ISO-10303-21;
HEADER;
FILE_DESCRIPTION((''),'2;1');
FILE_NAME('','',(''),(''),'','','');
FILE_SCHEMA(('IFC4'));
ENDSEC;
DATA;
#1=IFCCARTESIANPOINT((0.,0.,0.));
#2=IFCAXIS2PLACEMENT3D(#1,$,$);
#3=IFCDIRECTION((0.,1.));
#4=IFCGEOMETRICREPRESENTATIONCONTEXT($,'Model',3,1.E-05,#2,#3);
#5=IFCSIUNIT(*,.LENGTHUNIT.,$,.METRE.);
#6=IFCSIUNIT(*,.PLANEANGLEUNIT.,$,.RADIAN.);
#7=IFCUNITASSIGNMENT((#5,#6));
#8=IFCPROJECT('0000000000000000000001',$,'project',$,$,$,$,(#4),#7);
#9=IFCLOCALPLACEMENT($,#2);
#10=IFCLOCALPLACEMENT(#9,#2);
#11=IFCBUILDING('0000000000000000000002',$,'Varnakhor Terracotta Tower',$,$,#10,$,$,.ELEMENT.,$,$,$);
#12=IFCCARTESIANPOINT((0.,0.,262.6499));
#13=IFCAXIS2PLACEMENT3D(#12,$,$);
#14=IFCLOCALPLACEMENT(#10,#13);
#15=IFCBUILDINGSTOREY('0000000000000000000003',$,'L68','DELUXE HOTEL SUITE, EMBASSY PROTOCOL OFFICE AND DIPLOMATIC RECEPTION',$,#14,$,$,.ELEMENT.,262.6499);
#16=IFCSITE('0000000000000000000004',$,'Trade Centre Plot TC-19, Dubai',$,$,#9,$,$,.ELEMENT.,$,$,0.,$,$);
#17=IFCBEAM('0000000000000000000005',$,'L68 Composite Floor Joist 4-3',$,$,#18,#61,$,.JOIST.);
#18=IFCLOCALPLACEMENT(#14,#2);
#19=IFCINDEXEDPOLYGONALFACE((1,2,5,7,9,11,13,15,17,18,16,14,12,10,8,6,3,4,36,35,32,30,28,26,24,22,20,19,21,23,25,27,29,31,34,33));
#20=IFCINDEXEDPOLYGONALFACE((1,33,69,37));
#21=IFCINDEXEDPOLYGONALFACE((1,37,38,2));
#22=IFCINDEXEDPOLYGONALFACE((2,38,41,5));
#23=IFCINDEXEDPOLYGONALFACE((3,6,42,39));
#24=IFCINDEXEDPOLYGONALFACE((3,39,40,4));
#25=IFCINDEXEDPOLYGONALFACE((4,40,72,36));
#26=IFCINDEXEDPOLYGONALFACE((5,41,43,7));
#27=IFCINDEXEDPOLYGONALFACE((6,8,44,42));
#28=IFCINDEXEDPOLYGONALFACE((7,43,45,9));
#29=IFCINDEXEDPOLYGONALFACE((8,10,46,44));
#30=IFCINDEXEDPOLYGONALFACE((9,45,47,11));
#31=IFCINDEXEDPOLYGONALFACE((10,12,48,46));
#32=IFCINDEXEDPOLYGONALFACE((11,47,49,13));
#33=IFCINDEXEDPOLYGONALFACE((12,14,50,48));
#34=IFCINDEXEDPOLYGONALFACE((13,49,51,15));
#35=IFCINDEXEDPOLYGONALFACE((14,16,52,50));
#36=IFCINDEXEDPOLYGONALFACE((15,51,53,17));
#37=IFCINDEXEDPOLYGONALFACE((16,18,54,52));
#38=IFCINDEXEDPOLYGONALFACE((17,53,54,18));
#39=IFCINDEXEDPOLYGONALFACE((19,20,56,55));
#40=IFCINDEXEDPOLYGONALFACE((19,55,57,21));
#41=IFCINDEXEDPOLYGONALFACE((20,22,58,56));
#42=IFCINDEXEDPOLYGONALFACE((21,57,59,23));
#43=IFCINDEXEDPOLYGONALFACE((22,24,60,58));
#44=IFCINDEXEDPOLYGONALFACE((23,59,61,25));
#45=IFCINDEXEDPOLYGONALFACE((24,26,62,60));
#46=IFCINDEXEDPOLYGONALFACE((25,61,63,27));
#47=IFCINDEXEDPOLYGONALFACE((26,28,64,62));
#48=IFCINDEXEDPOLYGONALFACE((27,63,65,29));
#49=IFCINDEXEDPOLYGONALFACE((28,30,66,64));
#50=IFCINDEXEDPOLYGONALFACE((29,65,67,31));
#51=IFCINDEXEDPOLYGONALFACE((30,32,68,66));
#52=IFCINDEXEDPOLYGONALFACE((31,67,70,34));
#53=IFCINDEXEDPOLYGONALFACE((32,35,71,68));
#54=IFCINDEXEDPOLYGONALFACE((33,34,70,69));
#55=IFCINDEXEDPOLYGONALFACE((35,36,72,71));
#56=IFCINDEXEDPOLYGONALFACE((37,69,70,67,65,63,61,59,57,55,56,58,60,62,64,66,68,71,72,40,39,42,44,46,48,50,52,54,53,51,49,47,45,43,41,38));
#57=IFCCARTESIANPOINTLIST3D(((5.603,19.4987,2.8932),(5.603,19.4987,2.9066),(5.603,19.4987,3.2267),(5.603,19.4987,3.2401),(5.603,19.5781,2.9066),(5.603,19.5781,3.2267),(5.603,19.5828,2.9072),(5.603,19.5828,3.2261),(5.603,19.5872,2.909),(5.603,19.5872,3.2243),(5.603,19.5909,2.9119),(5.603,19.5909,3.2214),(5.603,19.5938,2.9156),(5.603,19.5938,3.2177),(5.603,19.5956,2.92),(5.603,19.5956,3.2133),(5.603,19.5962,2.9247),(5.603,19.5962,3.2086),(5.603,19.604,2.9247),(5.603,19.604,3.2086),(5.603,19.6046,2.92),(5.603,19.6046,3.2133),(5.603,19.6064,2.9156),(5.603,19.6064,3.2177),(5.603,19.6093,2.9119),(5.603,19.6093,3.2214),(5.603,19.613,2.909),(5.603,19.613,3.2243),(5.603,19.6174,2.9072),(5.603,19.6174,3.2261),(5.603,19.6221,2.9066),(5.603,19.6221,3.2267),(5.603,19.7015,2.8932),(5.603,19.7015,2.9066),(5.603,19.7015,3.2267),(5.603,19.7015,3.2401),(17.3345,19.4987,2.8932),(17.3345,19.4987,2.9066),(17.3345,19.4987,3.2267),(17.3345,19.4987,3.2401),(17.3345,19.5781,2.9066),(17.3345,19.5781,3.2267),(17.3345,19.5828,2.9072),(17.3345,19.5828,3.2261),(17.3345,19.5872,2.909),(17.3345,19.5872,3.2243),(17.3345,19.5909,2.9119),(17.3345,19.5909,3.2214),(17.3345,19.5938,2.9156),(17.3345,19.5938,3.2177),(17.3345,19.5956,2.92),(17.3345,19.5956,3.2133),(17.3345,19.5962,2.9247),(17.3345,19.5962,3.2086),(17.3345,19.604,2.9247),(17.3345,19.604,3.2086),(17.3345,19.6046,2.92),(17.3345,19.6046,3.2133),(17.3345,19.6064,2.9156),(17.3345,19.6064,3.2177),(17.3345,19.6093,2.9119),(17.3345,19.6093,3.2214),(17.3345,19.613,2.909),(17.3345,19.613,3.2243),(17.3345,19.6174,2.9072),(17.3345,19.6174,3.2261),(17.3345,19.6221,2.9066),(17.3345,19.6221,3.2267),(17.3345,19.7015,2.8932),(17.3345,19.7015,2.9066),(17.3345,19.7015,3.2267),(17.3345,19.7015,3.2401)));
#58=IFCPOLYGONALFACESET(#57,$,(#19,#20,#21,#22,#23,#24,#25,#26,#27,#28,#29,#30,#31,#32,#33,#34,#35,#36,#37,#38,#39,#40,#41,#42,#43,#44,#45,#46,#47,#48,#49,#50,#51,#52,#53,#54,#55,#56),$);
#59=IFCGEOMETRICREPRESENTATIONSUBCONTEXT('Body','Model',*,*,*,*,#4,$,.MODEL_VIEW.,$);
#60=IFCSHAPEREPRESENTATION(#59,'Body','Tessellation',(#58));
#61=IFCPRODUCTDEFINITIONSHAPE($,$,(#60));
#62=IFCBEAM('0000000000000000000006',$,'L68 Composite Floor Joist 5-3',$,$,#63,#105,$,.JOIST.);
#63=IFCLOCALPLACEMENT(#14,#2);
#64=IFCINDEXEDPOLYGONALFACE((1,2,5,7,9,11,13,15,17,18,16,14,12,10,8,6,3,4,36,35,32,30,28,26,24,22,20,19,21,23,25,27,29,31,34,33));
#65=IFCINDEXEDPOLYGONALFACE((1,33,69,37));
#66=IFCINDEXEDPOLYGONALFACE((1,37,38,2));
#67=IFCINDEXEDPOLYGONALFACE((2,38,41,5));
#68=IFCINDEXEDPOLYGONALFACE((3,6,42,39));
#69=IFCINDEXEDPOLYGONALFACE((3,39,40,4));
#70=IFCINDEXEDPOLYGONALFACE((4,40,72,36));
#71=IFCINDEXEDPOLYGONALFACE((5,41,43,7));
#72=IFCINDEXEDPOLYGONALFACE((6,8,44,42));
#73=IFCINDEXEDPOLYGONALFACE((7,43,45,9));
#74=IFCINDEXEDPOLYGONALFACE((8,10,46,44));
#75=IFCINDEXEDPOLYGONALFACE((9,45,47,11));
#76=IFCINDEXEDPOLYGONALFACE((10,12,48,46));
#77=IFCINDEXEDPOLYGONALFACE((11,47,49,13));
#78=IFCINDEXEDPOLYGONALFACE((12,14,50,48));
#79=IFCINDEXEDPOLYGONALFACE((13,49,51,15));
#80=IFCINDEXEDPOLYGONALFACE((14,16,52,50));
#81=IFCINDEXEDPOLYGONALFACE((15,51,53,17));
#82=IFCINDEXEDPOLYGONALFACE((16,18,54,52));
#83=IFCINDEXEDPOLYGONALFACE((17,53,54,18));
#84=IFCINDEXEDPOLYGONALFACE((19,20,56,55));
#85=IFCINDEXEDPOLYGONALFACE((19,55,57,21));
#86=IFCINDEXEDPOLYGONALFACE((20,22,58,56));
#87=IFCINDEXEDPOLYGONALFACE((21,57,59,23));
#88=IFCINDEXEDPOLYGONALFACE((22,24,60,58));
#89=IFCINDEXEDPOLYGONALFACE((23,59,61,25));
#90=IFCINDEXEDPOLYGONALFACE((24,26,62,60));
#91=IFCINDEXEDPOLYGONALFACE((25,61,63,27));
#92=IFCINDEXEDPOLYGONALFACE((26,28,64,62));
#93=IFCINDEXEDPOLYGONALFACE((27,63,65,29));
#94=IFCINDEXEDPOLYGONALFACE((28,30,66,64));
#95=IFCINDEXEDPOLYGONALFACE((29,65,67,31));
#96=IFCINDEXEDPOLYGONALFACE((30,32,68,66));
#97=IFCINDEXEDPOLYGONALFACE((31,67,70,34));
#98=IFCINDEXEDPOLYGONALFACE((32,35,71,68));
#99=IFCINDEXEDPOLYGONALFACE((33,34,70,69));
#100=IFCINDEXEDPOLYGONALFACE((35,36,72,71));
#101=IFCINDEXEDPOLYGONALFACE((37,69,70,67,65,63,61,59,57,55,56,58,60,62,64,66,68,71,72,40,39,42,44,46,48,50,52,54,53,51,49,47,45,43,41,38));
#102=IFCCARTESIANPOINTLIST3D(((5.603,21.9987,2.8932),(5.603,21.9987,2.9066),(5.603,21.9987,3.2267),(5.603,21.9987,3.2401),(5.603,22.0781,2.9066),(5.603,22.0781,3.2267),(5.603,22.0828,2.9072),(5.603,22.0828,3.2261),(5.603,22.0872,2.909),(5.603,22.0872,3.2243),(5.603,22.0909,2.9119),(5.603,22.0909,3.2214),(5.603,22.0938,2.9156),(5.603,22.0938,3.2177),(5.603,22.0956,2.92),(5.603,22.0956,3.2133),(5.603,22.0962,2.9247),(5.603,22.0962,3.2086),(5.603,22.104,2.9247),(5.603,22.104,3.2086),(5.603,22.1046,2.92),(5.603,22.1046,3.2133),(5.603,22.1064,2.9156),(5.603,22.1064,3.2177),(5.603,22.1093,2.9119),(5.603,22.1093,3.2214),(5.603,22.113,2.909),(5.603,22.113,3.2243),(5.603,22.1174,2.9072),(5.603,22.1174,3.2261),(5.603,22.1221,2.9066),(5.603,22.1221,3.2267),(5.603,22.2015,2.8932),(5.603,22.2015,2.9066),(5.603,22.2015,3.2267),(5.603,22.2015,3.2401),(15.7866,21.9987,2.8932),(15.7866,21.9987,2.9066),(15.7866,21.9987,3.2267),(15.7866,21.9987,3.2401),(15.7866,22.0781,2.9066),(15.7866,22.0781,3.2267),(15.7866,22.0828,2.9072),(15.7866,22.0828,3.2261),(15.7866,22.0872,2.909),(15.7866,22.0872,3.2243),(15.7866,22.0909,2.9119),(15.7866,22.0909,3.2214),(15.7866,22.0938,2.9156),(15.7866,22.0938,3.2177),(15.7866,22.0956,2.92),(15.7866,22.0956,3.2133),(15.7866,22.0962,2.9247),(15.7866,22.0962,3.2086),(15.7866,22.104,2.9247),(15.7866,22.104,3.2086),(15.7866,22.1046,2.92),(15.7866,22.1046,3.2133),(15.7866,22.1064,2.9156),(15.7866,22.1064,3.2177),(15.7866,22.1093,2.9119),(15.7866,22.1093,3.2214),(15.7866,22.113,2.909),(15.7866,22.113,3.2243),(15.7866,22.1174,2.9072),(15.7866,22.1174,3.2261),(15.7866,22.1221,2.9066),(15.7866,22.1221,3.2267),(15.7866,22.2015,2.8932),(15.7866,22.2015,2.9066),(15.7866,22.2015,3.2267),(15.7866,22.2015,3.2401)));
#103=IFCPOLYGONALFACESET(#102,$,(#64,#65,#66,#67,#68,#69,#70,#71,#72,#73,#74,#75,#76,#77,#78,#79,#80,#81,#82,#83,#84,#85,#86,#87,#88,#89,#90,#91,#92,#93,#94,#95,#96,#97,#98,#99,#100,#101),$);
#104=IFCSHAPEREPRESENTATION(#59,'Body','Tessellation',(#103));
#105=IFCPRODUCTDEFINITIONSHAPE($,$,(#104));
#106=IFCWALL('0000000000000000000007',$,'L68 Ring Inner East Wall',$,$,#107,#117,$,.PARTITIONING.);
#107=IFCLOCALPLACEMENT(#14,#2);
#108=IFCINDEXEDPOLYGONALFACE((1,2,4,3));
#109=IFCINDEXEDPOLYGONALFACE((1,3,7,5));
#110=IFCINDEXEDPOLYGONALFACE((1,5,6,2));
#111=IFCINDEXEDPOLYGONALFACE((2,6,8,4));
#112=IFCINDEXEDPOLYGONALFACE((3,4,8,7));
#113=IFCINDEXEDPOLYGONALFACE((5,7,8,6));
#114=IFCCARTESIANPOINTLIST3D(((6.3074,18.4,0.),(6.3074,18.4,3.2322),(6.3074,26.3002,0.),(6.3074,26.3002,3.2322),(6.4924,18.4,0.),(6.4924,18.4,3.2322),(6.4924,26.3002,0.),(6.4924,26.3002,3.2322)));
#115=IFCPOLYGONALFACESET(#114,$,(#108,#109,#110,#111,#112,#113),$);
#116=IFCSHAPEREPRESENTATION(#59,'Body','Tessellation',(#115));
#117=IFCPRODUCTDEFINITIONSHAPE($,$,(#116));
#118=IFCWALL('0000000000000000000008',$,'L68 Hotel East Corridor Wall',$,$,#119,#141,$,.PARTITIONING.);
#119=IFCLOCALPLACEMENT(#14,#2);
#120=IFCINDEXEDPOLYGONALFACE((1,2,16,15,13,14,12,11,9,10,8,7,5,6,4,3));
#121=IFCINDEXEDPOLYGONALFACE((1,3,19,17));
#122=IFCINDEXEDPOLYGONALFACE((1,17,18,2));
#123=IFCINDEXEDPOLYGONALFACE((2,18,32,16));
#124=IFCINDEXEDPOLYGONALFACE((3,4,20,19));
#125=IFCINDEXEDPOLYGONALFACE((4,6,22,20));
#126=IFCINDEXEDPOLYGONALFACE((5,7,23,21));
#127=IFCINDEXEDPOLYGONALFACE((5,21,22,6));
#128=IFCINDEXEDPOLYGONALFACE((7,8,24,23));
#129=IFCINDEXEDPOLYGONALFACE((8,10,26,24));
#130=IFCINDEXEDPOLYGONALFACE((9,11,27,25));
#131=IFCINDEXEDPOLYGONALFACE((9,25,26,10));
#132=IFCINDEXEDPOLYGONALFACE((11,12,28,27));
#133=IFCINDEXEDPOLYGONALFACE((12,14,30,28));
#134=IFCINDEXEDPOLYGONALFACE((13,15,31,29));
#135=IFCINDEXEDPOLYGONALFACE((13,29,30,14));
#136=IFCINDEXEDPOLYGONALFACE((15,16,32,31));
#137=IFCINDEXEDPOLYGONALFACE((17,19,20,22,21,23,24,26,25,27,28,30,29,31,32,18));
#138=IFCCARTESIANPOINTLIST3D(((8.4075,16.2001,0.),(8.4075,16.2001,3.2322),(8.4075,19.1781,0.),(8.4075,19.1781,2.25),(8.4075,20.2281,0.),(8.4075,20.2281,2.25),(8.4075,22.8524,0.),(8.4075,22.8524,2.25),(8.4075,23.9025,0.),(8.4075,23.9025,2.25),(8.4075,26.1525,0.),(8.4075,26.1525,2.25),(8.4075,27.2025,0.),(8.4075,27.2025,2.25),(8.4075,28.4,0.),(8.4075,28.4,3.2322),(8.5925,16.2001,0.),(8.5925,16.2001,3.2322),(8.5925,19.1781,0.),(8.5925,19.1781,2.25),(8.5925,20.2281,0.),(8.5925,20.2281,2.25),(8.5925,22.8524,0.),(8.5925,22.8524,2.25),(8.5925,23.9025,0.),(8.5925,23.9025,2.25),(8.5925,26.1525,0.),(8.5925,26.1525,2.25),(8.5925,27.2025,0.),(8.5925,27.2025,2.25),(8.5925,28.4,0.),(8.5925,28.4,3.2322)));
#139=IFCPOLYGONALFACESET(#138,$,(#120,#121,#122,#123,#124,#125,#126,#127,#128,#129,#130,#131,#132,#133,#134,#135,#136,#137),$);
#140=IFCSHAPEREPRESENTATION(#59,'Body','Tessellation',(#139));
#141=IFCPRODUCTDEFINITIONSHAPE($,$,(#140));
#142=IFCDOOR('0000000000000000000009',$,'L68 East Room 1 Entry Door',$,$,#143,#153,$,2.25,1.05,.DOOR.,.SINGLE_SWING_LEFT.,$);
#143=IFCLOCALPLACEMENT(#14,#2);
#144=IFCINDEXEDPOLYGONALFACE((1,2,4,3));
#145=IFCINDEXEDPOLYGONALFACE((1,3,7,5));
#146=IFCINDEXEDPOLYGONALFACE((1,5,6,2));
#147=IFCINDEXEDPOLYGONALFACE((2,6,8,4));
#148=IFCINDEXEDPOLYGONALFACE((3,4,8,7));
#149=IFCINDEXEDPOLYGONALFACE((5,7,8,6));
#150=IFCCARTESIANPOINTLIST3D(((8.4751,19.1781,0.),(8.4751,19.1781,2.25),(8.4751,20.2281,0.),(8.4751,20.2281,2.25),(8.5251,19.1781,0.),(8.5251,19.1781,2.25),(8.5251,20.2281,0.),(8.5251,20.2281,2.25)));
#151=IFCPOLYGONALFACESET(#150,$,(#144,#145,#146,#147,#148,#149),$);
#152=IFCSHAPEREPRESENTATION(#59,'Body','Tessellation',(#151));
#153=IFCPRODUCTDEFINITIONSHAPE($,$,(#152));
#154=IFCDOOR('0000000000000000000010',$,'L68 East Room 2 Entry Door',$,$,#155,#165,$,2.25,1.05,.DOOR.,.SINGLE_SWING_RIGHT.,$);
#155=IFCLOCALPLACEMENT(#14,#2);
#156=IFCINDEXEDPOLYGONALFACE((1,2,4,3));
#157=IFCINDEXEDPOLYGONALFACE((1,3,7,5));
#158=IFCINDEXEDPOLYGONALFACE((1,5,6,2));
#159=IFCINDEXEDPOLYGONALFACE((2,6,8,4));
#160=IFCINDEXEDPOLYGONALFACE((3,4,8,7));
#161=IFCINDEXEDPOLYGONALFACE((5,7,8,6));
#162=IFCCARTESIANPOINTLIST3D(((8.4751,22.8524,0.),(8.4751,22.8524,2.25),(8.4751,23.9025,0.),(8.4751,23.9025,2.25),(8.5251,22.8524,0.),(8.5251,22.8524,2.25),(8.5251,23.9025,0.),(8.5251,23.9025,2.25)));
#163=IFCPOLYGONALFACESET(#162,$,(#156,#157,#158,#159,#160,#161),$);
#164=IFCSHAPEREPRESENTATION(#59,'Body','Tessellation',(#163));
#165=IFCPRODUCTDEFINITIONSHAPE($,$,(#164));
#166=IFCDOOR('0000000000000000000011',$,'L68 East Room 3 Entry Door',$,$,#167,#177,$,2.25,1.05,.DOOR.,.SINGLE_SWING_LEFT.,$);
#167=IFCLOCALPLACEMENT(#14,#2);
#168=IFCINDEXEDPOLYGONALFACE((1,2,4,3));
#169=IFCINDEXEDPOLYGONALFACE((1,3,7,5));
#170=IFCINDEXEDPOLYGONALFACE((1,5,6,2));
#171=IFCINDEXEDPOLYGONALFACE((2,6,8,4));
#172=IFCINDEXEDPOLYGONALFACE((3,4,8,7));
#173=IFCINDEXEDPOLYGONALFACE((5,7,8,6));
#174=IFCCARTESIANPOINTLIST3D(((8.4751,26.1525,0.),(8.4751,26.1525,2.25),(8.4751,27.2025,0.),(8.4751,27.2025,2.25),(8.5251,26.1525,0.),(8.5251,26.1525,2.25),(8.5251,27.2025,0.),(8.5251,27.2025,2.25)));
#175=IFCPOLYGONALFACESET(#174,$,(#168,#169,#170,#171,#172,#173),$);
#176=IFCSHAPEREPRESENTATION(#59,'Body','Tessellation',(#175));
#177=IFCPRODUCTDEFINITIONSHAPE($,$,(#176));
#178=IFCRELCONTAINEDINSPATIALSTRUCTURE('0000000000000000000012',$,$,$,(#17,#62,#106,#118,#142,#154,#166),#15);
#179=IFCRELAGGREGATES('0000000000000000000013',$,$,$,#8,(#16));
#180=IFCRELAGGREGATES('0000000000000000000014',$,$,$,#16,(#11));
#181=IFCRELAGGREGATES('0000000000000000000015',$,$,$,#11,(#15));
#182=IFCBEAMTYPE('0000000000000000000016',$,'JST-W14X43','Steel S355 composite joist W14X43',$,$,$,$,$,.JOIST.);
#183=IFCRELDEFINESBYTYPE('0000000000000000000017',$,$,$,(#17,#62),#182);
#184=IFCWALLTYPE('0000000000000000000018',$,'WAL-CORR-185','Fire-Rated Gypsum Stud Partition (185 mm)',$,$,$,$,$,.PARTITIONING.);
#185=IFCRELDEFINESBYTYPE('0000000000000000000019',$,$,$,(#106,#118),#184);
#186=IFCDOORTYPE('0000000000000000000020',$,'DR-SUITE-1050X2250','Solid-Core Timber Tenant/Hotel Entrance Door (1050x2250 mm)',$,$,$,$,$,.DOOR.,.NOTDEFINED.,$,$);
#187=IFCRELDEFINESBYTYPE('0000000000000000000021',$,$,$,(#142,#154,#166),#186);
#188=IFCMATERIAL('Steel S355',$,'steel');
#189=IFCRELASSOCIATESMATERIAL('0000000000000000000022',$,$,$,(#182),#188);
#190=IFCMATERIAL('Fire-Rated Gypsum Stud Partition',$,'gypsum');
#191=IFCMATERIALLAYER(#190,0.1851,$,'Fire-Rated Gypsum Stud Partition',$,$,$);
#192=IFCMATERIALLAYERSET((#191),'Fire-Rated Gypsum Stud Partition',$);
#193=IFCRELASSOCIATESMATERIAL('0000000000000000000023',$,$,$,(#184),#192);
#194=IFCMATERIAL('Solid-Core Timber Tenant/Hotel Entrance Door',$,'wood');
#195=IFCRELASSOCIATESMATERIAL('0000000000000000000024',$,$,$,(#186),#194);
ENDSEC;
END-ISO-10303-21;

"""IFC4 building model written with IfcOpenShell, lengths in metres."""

from ifc_helpers import new_model, si_unit, direction, frame, frame_2d, origin, origin_2d, place, context, subcontext, project, spatial, rectangle, i_section, extrude, source, transform, mapped, material, layer, layer_set, material_profile, profile_set, type_object, type_shapes, element, fill, save


model = new_model("IFC4")

# Units and contexts
model_context = context("Model", 3, precision=1e-05, world=origin(), true_north=direction((0.0, 1.0)))
body_context = subcontext(model_context, "Body", "Model", "MODEL_VIEW")
ifc_project = project(units=[si_unit("LENGTHUNIT", "METRE"), si_unit("PLANEANGLEUNIT", "RADIAN")], contexts=[model_context])

# Site, building, storey
site_placement = place(None, origin())
site = spatial("IfcSite", under=ifc_project, at=site_placement, Name="Trade Centre Plot TC-19, Dubai", CompositionType="ELEMENT", RefElevation=0.0)
building_placement = place(site_placement, origin())
building = spatial("IfcBuilding", under=site, at=building_placement, Name="Varnakhor Terracotta Tower", CompositionType="ELEMENT")
storey_placement = place(building_placement, frame((0.0, 0.0, 262.6499)))
storey = spatial("IfcBuildingStorey", under=building, at=storey_placement, Name="L68", Description="DELUXE HOTEL SUITE, EMBASSY PROTOCOL OFFICE AND DIPLOMATIC RECEPTION", CompositionType="ELEMENT", Elevation=262.6499)

# Beams
ifc_material_1 = material(Name="Steel S355", Category="steel")
ifc_material_profile_1 = material_profile(ifc_material_1, i_section(OverallWidth=0.2029, OverallDepth=0.3469, WebThickness=0.0078, FlangeThickness=0.0134, FilletRadius=0.0181, at=origin_2d()), Name="W14X43")
ifc_profile_set_1 = profile_set([ifc_material_profile_1], Name="Steel S355")
beam_type_1 = type_object("IfcBeamType", Name="JST-W14X43", Description="Steel S355 composite joist W14X43", PredefinedType="JOIST", material=ifc_profile_set_1)
shared_shape_1 = source(origin(), body_context, "Body", "SweptSolid", [
    extrude(i_section(OverallWidth=0.2029, OverallDepth=0.3469, WebThickness=0.0078, FlangeThickness=0.0134, FilletRadius=0.0181, at=origin_2d()), origin(), (0.0, 0.0, 1.0), 11.7314),
])
beam_1_placement = place(storey_placement, frame((5.603, 19.6001, 3.0667), z_axis=(1.0, 0.0, 0.0), x_axis=(0.0, 1.0, 0.0)))
element("IfcBeam", 1, at=beam_1_placement, inside=storey, type_object=beam_type_1, Name="L68 Composite Floor Joist 4-3", PredefinedType="JOIST", context=body_context, shape_type="MappedRepresentation", body=[
    mapped(shared_shape_1, transform((0.0, 0.0, 0.0), scale=1.0)),
])
shared_shape_2 = source(origin(), body_context, "Body", "SweptSolid", [
    extrude(i_section(OverallWidth=0.2029, OverallDepth=0.3469, WebThickness=0.0078, FlangeThickness=0.0134, FilletRadius=0.0181, at=origin_2d()), origin(), (0.0, 0.0, 1.0), 10.1836),
])
beam_2_placement = place(storey_placement, frame((5.603, 22.1001, 3.0667), z_axis=(1.0, 0.0, 0.0), x_axis=(0.0, 1.0, 0.0)))
element("IfcBeam", 2, at=beam_2_placement, inside=storey, type_object=beam_type_1, Name="L68 Composite Floor Joist 5-3", PredefinedType="JOIST", context=body_context, shape_type="MappedRepresentation", body=[
    mapped(shared_shape_2, transform((0.0, 0.0, 0.0), scale=1.0)),
])

# Wall
ifc_material_2 = material(Name="Fire-Rated Gypsum Stud Partition", Category="gypsum")
ifc_layer_1 = layer(ifc_material_2, 0.1851, Name="Fire-Rated Gypsum Stud Partition")
ifc_layer_set_1 = layer_set([ifc_layer_1], Name="Fire-Rated Gypsum Stud Partition")
wall_type_1 = type_object("IfcWallType", Name="WAL-CORR-185", Description="Fire-Rated Gypsum Stud Partition (185 mm)", PredefinedType="PARTITIONING", material=ifc_layer_set_1)
wall_1_placement = place(storey_placement, frame((6.3999, 18.3999, 0.0), z_axis=(0.0, 0.0, 1.0), x_axis=(0.0, 1.0, 0.0)))
element("IfcWall", 3, at=wall_1_placement, inside=storey, type_object=wall_type_1, Name="L68 Ring Inner East Wall", PredefinedType="PARTITIONING", context=body_context, shape_type="SweptSolid", body=[
    extrude(rectangle(XDim=7.9001, YDim=0.1851, at=frame_2d((3.9502, 0.0))), origin(), (0.0, 0.0, 1.0), 3.2322),
])

# Wall, openings, doors
wall_2_placement = place(storey_placement, frame((8.5, 16.2, 0.0), z_axis=(0.0, 0.0, 1.0), x_axis=(0.0, 1.0, 0.0)))
wall_2 = element("IfcWall", 4, at=wall_2_placement, inside=storey, type_object=wall_type_1, Name="L68 Hotel East Corridor Wall", PredefinedType="PARTITIONING", context=body_context, shape_type="SweptSolid", body=[
    extrude(rectangle(XDim=12.2, YDim=0.1851, at=frame_2d((6.1001, 0.0))), origin(), (0.0, 0.0, 1.0), 3.2322),
])
opening_1_placement = place(wall_2_placement, frame((2.9783, 0.0, 0.0)))
opening_1 = element("IfcOpeningElement", 5, at=opening_1_placement, cuts=wall_2, PredefinedType="OPENING", context=body_context, shape_type="SweptSolid", body=[
    extrude(rectangle(XDim=1.05, YDim=2.25, at=frame_2d((0.5249, 1.125))), frame((0.0, 0.1025, 0.0), z_axis=(0.0, -1.0, 0.0), x_axis=(1.0, 0.0, 0.0)), (0.0, 0.0, 1.0), 0.2051),
])
opening_2_placement = place(wall_2_placement, frame((6.6526, 0.0, 0.0)))
opening_2 = element("IfcOpeningElement", 6, at=opening_2_placement, cuts=wall_2, PredefinedType="OPENING", context=body_context, shape_type="SweptSolid", body=[
    extrude(rectangle(XDim=1.05, YDim=2.25, at=frame_2d((0.5249, 1.125))), frame((0.0, 0.1025, 0.0), z_axis=(0.0, -1.0, 0.0), x_axis=(1.0, 0.0, 0.0)), (0.0, 0.0, 1.0), 0.2051),
])
opening_3_placement = place(wall_2_placement, frame((9.9526, 0.0, 0.0)))
opening_3 = element("IfcOpeningElement", 7, at=opening_3_placement, cuts=wall_2, PredefinedType="OPENING", context=body_context, shape_type="SweptSolid", body=[
    extrude(rectangle(XDim=1.05, YDim=2.25, at=frame_2d((0.5249, 1.125))), frame((0.0, 0.1025, 0.0), z_axis=(0.0, -1.0, 0.0), x_axis=(1.0, 0.0, 0.0)), (0.0, 0.0, 1.0), 0.2051),
])
ifc_material_3 = material(Name="Solid-Core Timber Tenant/Hotel Entrance Door", Category="wood")
door_type_1 = type_object("IfcDoorType", Name="DR-SUITE-1050X2250", Description="Solid-Core Timber Tenant/Hotel Entrance Door (1050x2250 mm)", OperationType="NOTDEFINED", PredefinedType="DOOR", material=ifc_material_3)
shared_shape_3 = source(origin(), body_context, "Body", "SweptSolid", [
    extrude(rectangle(XDim=1.05, YDim=2.25, at=frame_2d((0.5249, 1.125))), frame((0.0, 0.0249, 0.0), z_axis=(0.0, -1.0, 0.0), x_axis=(1.0, 0.0, 0.0)), (0.0, 0.0, 1.0), 0.05),
])
type_shapes(door_type_1, [shared_shape_3])
door_1_placement = place(opening_1_placement, origin())
door_1 = element("IfcDoor", 8, at=door_1_placement, inside=storey, type_object=door_type_1, Name="L68 East Room 1 Entry Door", OperationType="SINGLE_SWING_LEFT", OverallHeight=2.25, OverallWidth=1.05, PredefinedType="DOOR", context=body_context, shape_type="MappedRepresentation", body=[
    mapped(shared_shape_3, transform((0.0, 0.0, 0.0), scale=1.0)),
])
fill(opening_1, door_1)
door_2_placement = place(opening_2_placement, origin())
door_2 = element("IfcDoor", 9, at=door_2_placement, inside=storey, type_object=door_type_1, Name="L68 East Room 2 Entry Door", OperationType="SINGLE_SWING_RIGHT", OverallHeight=2.25, OverallWidth=1.05, PredefinedType="DOOR", context=body_context, shape_type="MappedRepresentation", body=[
    mapped(shared_shape_3, transform((0.0, 0.0, 0.0), scale=1.0)),
])
fill(opening_2, door_2)
door_3_placement = place(opening_3_placement, origin())
door_3 = element("IfcDoor", 10, at=door_3_placement, inside=storey, type_object=door_type_1, Name="L68 East Room 3 Entry Door", OperationType="SINGLE_SWING_LEFT", OverallHeight=2.25, OverallWidth=1.05, PredefinedType="DOOR", context=body_context, shape_type="MappedRepresentation", body=[
    mapped(shared_shape_3, transform((0.0, 0.0, 0.0), scale=1.0)),
])
fill(opening_3, door_3)

save(model, "model.ifc")
